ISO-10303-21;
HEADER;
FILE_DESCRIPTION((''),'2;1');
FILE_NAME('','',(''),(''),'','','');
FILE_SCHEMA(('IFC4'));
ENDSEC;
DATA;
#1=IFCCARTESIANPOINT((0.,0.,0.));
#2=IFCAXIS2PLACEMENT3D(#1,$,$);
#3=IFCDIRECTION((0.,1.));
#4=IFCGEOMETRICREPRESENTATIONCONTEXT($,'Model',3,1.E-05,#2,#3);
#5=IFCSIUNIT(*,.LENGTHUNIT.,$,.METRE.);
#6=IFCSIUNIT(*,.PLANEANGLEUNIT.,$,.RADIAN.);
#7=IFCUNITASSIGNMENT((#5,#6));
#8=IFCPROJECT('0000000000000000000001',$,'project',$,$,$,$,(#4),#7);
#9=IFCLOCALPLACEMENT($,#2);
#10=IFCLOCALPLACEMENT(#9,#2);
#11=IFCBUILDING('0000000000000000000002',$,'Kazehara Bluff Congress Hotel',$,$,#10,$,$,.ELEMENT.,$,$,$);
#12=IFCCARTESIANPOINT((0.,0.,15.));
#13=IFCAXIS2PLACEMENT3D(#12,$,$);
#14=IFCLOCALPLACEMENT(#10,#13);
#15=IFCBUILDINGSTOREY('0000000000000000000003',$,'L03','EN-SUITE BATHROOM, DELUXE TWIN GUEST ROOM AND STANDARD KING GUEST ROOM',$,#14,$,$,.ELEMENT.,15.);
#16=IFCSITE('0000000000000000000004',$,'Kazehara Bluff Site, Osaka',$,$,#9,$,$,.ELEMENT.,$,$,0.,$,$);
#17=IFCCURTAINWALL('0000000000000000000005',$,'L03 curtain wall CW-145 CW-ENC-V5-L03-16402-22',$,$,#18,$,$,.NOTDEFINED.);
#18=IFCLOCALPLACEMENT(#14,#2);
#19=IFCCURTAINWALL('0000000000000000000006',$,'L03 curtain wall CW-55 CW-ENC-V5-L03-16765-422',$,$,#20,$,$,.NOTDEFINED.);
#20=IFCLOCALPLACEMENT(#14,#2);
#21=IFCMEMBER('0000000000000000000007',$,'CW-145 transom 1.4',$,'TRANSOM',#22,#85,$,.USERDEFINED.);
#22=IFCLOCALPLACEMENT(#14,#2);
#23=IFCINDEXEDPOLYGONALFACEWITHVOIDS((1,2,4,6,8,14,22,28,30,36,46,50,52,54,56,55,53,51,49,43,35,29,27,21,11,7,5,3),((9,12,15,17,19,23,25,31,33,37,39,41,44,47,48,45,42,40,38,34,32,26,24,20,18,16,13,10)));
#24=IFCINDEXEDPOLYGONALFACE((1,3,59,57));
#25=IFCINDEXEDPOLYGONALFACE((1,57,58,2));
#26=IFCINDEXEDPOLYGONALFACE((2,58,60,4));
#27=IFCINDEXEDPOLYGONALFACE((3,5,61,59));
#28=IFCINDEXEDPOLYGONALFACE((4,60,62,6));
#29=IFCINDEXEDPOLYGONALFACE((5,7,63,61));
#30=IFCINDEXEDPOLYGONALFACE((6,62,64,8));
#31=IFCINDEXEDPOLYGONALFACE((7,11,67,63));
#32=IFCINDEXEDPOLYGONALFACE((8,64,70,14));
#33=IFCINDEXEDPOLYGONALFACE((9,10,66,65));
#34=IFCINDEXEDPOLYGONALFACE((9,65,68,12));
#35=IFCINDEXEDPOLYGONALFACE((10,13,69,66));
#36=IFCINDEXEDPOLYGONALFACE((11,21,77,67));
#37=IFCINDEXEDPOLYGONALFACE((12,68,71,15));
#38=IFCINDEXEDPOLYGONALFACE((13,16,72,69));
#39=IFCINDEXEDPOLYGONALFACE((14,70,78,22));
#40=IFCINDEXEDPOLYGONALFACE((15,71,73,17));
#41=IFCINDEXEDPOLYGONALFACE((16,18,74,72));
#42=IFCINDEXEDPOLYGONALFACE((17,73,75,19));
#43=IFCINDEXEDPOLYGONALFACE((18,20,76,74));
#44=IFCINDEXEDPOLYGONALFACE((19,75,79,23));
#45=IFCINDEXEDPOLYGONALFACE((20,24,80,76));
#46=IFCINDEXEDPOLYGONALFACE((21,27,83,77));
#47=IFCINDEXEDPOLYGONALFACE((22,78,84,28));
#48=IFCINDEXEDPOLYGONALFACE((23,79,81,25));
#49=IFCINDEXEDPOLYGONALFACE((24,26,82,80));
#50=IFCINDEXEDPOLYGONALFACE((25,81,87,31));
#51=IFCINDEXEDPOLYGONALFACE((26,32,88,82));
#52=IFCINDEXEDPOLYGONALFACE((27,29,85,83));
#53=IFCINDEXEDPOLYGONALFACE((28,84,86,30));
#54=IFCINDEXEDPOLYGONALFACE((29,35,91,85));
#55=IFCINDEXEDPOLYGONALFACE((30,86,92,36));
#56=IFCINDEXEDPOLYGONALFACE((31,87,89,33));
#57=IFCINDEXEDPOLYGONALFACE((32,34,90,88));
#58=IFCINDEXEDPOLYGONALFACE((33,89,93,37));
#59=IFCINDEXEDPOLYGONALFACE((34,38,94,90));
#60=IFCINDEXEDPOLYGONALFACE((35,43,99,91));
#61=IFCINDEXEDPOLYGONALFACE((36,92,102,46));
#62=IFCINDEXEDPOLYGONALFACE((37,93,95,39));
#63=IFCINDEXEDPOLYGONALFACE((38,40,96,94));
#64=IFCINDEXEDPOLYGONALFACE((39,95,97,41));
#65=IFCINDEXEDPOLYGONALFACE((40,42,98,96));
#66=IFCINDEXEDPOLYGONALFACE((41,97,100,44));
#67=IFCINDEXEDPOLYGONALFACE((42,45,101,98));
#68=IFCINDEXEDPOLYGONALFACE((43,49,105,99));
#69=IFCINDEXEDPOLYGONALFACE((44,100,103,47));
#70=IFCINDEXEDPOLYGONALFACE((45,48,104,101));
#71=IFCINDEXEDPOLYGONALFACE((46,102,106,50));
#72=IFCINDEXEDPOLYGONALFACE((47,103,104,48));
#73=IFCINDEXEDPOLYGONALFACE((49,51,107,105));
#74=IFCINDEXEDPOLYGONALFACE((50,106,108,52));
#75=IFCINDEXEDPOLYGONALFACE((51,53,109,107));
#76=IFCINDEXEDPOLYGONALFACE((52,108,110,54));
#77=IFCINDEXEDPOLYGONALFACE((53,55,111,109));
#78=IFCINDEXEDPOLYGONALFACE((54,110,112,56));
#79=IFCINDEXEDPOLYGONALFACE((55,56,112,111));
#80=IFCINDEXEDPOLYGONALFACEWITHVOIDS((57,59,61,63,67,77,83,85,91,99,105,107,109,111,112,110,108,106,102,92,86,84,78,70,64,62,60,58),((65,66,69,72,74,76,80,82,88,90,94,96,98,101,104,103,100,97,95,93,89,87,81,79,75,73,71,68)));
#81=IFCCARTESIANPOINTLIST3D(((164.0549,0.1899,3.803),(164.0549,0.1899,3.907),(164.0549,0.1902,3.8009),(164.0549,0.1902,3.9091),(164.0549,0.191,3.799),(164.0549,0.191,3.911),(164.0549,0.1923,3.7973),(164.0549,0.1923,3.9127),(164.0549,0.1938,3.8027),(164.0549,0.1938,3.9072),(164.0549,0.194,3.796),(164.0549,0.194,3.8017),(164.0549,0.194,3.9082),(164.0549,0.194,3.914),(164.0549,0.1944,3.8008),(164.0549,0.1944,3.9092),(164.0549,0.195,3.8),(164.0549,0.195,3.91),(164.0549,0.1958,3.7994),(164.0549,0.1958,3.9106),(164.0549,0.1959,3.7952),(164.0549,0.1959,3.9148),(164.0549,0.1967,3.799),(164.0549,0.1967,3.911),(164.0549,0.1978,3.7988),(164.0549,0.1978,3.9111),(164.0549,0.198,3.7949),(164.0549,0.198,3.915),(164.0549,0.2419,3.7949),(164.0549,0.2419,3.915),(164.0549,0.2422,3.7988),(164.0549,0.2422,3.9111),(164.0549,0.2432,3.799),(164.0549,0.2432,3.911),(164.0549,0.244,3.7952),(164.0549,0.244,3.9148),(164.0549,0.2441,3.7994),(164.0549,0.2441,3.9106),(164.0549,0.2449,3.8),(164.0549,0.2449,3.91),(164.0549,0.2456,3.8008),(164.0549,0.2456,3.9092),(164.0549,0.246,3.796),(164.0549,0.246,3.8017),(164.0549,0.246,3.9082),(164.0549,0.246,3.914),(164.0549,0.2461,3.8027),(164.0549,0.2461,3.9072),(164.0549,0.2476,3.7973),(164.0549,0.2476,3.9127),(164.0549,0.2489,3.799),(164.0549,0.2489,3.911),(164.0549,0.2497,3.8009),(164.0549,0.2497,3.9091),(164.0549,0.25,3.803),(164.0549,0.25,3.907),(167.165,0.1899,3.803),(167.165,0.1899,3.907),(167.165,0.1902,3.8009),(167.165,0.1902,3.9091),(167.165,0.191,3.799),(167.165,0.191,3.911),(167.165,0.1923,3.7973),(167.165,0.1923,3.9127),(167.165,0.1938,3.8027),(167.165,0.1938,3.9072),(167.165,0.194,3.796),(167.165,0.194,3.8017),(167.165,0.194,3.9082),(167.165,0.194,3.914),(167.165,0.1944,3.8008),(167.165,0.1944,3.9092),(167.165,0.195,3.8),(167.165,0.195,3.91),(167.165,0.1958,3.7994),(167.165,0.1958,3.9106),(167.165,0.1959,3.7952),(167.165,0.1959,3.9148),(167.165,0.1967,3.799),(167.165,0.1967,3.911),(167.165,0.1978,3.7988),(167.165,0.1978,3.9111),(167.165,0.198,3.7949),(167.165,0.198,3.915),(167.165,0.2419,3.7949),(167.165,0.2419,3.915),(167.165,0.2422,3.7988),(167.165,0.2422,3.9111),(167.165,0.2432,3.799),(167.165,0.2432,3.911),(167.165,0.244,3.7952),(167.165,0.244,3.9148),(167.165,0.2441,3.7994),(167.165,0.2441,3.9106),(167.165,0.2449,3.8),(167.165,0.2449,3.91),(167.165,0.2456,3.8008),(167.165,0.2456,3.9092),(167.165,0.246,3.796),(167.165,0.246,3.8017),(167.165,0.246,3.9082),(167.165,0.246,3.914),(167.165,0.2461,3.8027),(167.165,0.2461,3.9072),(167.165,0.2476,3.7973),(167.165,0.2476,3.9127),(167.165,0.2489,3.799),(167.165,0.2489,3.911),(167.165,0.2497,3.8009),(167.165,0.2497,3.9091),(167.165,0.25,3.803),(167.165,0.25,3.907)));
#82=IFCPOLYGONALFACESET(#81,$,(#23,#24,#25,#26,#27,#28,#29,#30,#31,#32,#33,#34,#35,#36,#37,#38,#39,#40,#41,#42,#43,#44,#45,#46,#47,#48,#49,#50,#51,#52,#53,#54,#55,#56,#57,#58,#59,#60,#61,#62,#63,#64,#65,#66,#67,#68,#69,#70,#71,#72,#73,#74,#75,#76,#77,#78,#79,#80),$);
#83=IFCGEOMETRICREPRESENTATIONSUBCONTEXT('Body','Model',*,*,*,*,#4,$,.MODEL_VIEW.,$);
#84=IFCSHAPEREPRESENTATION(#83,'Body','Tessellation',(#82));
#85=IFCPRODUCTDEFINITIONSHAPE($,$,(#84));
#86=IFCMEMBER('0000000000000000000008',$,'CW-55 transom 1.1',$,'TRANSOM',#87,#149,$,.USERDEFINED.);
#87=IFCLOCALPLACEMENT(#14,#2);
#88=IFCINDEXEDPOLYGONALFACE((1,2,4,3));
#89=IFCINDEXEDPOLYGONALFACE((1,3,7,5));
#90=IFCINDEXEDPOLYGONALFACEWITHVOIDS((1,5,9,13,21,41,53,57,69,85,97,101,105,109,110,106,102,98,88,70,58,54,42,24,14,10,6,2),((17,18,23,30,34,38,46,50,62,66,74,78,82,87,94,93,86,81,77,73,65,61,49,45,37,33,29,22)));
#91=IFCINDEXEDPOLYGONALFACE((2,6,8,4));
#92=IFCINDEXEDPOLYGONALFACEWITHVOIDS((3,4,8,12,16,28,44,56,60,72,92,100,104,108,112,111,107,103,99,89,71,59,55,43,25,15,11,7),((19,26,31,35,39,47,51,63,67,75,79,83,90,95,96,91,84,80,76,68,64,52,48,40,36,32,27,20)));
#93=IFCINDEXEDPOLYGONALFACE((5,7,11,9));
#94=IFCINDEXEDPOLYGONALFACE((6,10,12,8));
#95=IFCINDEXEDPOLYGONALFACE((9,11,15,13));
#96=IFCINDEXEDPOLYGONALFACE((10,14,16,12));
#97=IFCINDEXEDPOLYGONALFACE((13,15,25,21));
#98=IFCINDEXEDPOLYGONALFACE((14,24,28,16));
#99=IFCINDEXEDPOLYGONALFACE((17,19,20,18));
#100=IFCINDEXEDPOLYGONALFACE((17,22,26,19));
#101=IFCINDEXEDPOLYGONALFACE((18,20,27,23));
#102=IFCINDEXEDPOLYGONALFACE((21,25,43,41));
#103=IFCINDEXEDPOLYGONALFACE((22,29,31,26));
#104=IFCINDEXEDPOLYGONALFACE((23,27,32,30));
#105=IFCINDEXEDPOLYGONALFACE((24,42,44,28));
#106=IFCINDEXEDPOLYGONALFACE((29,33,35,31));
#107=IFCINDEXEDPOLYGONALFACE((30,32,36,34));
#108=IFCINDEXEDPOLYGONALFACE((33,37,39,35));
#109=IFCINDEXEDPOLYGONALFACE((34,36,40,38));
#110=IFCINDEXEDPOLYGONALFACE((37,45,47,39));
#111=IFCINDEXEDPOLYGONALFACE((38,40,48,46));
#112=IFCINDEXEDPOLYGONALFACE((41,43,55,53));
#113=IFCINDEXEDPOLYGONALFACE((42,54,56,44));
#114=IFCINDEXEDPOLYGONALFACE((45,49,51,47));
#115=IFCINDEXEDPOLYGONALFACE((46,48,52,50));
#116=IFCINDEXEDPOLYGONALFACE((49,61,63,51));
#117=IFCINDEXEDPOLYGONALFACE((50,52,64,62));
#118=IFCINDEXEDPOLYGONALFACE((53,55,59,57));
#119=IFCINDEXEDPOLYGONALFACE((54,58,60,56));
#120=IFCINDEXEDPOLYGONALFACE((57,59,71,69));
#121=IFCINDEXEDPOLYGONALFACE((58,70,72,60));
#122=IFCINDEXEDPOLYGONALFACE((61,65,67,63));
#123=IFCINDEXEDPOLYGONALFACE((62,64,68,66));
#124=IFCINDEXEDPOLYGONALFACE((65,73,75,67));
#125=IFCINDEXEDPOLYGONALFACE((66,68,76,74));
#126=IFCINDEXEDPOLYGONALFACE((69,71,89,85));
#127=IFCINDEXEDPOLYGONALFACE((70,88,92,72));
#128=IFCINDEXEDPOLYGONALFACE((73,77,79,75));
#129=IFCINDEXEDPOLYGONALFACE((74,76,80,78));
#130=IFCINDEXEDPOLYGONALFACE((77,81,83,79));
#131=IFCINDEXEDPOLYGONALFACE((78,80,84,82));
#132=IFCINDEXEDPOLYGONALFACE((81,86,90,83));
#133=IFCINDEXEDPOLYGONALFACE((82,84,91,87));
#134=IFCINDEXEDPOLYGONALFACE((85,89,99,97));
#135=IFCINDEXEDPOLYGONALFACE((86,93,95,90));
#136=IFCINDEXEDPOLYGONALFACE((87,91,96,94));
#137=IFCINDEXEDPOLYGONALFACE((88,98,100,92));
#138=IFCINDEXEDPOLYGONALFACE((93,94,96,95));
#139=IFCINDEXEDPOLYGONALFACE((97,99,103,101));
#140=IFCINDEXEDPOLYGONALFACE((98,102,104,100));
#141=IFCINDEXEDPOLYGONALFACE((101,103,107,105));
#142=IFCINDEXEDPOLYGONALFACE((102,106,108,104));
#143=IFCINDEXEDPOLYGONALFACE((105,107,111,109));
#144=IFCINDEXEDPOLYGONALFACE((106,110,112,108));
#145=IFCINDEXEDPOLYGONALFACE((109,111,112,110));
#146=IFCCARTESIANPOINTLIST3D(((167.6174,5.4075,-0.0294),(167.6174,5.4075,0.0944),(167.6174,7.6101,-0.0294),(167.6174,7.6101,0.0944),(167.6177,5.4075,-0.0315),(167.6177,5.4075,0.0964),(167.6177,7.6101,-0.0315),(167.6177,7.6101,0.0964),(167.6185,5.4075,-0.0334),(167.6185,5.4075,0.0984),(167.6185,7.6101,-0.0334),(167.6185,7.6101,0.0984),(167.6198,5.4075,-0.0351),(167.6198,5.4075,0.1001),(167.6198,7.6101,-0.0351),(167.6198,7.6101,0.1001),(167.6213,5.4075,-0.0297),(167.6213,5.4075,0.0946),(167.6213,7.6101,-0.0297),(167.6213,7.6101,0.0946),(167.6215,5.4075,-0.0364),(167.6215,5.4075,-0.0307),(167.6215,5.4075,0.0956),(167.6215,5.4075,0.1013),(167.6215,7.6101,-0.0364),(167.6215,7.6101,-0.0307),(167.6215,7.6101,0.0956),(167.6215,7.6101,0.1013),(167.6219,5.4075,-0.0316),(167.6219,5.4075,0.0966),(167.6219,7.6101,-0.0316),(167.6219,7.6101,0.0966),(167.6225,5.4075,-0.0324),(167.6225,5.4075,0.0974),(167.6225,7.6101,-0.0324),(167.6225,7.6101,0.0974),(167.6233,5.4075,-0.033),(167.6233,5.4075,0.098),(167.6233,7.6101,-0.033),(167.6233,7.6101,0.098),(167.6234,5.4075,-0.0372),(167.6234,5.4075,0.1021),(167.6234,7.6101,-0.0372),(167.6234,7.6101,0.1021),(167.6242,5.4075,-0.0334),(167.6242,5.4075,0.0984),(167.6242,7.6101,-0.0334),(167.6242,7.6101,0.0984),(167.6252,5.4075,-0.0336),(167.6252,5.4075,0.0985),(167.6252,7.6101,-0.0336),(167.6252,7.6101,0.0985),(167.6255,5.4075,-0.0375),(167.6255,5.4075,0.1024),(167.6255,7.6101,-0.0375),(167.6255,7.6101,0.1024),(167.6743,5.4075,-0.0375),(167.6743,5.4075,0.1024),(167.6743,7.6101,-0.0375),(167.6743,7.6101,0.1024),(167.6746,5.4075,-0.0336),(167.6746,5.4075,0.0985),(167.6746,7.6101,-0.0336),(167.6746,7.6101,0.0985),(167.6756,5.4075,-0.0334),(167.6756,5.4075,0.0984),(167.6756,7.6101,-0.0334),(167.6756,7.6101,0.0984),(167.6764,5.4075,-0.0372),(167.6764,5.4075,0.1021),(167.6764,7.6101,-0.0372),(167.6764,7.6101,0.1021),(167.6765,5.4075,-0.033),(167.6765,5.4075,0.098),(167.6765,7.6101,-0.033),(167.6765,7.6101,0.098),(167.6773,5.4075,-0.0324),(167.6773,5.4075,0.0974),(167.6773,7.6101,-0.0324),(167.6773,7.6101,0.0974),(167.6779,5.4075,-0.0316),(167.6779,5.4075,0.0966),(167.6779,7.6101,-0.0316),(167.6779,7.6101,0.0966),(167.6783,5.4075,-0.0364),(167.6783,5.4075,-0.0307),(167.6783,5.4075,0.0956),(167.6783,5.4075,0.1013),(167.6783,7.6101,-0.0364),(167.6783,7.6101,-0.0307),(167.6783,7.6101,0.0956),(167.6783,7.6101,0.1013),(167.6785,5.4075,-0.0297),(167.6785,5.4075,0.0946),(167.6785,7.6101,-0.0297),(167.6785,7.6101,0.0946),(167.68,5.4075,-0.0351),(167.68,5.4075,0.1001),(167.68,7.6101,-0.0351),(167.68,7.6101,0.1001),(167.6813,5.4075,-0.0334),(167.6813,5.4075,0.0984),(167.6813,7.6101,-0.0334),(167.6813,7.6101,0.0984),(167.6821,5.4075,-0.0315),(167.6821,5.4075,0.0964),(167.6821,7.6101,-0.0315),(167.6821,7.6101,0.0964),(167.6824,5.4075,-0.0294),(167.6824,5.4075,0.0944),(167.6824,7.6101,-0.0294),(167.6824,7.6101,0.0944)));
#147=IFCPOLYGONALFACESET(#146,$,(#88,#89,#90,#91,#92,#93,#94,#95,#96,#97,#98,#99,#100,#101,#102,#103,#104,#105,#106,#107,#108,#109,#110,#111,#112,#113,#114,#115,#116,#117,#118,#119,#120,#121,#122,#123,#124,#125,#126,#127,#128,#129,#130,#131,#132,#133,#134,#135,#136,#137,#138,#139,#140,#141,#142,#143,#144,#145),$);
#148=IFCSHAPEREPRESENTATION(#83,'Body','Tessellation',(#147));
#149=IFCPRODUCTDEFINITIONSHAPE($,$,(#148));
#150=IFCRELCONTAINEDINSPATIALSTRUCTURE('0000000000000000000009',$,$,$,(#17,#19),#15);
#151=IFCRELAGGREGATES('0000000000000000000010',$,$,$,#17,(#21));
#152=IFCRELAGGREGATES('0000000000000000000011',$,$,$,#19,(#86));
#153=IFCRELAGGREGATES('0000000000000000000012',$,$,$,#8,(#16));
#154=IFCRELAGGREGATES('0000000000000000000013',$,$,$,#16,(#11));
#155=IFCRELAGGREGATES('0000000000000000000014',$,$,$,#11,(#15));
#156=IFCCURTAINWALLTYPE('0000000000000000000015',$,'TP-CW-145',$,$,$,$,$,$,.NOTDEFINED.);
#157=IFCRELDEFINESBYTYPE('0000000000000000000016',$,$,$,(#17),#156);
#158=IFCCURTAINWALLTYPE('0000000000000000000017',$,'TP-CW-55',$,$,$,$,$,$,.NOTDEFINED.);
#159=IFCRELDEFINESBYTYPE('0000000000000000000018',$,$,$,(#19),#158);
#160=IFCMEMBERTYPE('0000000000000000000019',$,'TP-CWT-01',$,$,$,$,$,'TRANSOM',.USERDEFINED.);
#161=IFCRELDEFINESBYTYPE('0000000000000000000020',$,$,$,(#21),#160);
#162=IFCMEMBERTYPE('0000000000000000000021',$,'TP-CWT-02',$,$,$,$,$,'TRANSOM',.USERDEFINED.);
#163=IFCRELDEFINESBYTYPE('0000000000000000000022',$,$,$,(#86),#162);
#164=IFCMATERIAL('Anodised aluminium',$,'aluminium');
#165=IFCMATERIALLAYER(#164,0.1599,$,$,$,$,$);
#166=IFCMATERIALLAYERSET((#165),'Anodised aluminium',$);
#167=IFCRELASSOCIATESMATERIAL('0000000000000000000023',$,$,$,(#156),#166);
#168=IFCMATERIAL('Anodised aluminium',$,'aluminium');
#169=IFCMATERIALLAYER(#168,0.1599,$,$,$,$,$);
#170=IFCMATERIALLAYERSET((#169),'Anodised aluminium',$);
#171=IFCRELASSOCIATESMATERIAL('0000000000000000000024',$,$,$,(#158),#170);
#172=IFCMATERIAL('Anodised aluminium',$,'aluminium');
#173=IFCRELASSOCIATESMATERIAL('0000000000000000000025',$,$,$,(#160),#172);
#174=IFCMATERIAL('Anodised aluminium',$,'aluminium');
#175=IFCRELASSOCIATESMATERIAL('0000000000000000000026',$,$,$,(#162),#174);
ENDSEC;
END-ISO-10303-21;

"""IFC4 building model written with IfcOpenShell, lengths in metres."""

from ifc_helpers import new_model, si_unit, direction, frame, origin, origin_2d, place, context, subcontext, project, spatial, hollow_rectangle, extrude, material, layer, layer_set, material_profile, profile_set, type_object, element, aggregate, save


model = new_model("IFC4")

# Units and contexts
model_context = context("Model", 3, precision=1e-05, world=origin(), true_north=direction((0.0, 1.0)))
body_context = subcontext(model_context, "Body", "Model", "MODEL_VIEW")
ifc_project = project(units=[si_unit("LENGTHUNIT", "METRE"), si_unit("PLANEANGLEUNIT", "RADIAN")], contexts=[model_context])

# Site, building, storey
site_placement = place(None, origin())
site = spatial("IfcSite", under=ifc_project, at=site_placement, Name="Kazehara Bluff Site, Osaka", CompositionType="ELEMENT", RefElevation=0.0)
building_placement = place(site_placement, origin())
building = spatial("IfcBuilding", under=site, at=building_placement, Name="Kazehara Bluff Congress Hotel", CompositionType="ELEMENT")
storey_placement = place(building_placement, frame((0.0, 0.0, 15.0)))
storey = spatial("IfcBuildingStorey", under=building, at=storey_placement, Name="L03", Description="EN-SUITE BATHROOM, DELUXE TWIN GUEST ROOM AND STANDARD KING GUEST ROOM", CompositionType="ELEMENT", Elevation=15.0)

# Curtain wall
ifc_material_1 = material(Name="Anodised aluminium", Category="aluminium")
ifc_layer_1 = layer(ifc_material_1, 0.1599)
ifc_layer_set_1 = layer_set([ifc_layer_1], Name="Anodised aluminium")
curtain_wall_type_1 = type_object("IfcCurtainWallType", Name="TP-CW-145", PredefinedType="NOTDEFINED", material=ifc_layer_set_1)
curtain_wall_1_placement = place(storey_placement, origin())
curtain_wall_1 = element("IfcCurtainWall", 1, at=curtain_wall_1_placement, inside=storey, type_object=curtain_wall_type_1, Name="L03 curtain wall CW-145 CW-ENC-V5-L03-16402-22", PredefinedType="NOTDEFINED")

# Curtain wall
ifc_material_2 = material(Name="Anodised aluminium", Category="aluminium")
ifc_layer_2 = layer(ifc_material_2, 0.1599)
ifc_layer_set_2 = layer_set([ifc_layer_2], Name="Anodised aluminium")
curtain_wall_type_2 = type_object("IfcCurtainWallType", Name="TP-CW-55", PredefinedType="NOTDEFINED", material=ifc_layer_set_2)
curtain_wall_2_placement = place(storey_placement, origin())
curtain_wall_2 = element("IfcCurtainWall", 2, at=curtain_wall_2_placement, inside=storey, type_object=curtain_wall_type_2, Name="L03 curtain wall CW-55 CW-ENC-V5-L03-16765-422", PredefinedType="NOTDEFINED")

# Members
ifc_material_3 = material(Name="Anodised aluminium", Category="aluminium")
ifc_material_profile_1 = material_profile(ifc_material_3, hollow_rectangle(XDim=0.0601, YDim=0.1201, WallThickness=0.0039, InnerFilletRadius=0.0039, OuterFilletRadius=0.0081, at=origin_2d()))
ifc_profile_set_1 = profile_set([ifc_material_profile_1], Name="Anodised aluminium")
member_type_1 = type_object("IfcMemberType", Name="TP-CWT-01", ElementType="TRANSOM", PredefinedType="USERDEFINED", material=ifc_profile_set_1)
member_1_placement = place(storey_placement, frame((167.165, 0.22, 3.855), z_axis=(-1.0, 0.0, 0.0), x_axis=(0.0, -1.0, 0.0)))
member_1 = element("IfcMember", 3, at=member_1_placement, type_object=member_type_1, Name="CW-145 transom 1.4", ObjectType="TRANSOM", PredefinedType="USERDEFINED", context=body_context, shape_type="SweptSolid", body=[
    extrude(hollow_rectangle(XDim=0.0601, YDim=0.1201, WallThickness=0.0039, InnerFilletRadius=0.0039, OuterFilletRadius=0.0081, at=origin_2d()), origin(), (0.0, 0.0, 1.0), 3.1101),
])
aggregate(curtain_wall_1, [member_1])
ifc_material_4 = material(Name="Anodised aluminium", Category="aluminium")
ifc_material_profile_2 = material_profile(ifc_material_4, hollow_rectangle(XDim=0.0649, YDim=0.1399, WallThickness=0.0039, InnerFilletRadius=0.0039, OuterFilletRadius=0.0081, at=origin_2d()))
ifc_profile_set_2 = profile_set([ifc_material_profile_2], Name="Anodised aluminium")
member_type_2 = type_object("IfcMemberType", Name="TP-CWT-02", ElementType="TRANSOM", PredefinedType="USERDEFINED", material=ifc_profile_set_2)
member_2_placement = place(storey_placement, frame((167.6499, 7.6101, 0.0325), z_axis=(0.0, -1.0, 0.0), x_axis=(1.0, 0.0, 0.0)))
member_2 = element("IfcMember", 4, at=member_2_placement, type_object=member_type_2, Name="CW-55 transom 1.1", ObjectType="TRANSOM", PredefinedType="USERDEFINED", context=body_context, shape_type="SweptSolid", body=[
    extrude(hollow_rectangle(XDim=0.0649, YDim=0.1399, WallThickness=0.0039, InnerFilletRadius=0.0039, OuterFilletRadius=0.0081, at=origin_2d()), origin(), (0.0, 0.0, 1.0), 2.2026),
])

aggregate(curtain_wall_2, [member_2])

save(model, "model.ifc")
